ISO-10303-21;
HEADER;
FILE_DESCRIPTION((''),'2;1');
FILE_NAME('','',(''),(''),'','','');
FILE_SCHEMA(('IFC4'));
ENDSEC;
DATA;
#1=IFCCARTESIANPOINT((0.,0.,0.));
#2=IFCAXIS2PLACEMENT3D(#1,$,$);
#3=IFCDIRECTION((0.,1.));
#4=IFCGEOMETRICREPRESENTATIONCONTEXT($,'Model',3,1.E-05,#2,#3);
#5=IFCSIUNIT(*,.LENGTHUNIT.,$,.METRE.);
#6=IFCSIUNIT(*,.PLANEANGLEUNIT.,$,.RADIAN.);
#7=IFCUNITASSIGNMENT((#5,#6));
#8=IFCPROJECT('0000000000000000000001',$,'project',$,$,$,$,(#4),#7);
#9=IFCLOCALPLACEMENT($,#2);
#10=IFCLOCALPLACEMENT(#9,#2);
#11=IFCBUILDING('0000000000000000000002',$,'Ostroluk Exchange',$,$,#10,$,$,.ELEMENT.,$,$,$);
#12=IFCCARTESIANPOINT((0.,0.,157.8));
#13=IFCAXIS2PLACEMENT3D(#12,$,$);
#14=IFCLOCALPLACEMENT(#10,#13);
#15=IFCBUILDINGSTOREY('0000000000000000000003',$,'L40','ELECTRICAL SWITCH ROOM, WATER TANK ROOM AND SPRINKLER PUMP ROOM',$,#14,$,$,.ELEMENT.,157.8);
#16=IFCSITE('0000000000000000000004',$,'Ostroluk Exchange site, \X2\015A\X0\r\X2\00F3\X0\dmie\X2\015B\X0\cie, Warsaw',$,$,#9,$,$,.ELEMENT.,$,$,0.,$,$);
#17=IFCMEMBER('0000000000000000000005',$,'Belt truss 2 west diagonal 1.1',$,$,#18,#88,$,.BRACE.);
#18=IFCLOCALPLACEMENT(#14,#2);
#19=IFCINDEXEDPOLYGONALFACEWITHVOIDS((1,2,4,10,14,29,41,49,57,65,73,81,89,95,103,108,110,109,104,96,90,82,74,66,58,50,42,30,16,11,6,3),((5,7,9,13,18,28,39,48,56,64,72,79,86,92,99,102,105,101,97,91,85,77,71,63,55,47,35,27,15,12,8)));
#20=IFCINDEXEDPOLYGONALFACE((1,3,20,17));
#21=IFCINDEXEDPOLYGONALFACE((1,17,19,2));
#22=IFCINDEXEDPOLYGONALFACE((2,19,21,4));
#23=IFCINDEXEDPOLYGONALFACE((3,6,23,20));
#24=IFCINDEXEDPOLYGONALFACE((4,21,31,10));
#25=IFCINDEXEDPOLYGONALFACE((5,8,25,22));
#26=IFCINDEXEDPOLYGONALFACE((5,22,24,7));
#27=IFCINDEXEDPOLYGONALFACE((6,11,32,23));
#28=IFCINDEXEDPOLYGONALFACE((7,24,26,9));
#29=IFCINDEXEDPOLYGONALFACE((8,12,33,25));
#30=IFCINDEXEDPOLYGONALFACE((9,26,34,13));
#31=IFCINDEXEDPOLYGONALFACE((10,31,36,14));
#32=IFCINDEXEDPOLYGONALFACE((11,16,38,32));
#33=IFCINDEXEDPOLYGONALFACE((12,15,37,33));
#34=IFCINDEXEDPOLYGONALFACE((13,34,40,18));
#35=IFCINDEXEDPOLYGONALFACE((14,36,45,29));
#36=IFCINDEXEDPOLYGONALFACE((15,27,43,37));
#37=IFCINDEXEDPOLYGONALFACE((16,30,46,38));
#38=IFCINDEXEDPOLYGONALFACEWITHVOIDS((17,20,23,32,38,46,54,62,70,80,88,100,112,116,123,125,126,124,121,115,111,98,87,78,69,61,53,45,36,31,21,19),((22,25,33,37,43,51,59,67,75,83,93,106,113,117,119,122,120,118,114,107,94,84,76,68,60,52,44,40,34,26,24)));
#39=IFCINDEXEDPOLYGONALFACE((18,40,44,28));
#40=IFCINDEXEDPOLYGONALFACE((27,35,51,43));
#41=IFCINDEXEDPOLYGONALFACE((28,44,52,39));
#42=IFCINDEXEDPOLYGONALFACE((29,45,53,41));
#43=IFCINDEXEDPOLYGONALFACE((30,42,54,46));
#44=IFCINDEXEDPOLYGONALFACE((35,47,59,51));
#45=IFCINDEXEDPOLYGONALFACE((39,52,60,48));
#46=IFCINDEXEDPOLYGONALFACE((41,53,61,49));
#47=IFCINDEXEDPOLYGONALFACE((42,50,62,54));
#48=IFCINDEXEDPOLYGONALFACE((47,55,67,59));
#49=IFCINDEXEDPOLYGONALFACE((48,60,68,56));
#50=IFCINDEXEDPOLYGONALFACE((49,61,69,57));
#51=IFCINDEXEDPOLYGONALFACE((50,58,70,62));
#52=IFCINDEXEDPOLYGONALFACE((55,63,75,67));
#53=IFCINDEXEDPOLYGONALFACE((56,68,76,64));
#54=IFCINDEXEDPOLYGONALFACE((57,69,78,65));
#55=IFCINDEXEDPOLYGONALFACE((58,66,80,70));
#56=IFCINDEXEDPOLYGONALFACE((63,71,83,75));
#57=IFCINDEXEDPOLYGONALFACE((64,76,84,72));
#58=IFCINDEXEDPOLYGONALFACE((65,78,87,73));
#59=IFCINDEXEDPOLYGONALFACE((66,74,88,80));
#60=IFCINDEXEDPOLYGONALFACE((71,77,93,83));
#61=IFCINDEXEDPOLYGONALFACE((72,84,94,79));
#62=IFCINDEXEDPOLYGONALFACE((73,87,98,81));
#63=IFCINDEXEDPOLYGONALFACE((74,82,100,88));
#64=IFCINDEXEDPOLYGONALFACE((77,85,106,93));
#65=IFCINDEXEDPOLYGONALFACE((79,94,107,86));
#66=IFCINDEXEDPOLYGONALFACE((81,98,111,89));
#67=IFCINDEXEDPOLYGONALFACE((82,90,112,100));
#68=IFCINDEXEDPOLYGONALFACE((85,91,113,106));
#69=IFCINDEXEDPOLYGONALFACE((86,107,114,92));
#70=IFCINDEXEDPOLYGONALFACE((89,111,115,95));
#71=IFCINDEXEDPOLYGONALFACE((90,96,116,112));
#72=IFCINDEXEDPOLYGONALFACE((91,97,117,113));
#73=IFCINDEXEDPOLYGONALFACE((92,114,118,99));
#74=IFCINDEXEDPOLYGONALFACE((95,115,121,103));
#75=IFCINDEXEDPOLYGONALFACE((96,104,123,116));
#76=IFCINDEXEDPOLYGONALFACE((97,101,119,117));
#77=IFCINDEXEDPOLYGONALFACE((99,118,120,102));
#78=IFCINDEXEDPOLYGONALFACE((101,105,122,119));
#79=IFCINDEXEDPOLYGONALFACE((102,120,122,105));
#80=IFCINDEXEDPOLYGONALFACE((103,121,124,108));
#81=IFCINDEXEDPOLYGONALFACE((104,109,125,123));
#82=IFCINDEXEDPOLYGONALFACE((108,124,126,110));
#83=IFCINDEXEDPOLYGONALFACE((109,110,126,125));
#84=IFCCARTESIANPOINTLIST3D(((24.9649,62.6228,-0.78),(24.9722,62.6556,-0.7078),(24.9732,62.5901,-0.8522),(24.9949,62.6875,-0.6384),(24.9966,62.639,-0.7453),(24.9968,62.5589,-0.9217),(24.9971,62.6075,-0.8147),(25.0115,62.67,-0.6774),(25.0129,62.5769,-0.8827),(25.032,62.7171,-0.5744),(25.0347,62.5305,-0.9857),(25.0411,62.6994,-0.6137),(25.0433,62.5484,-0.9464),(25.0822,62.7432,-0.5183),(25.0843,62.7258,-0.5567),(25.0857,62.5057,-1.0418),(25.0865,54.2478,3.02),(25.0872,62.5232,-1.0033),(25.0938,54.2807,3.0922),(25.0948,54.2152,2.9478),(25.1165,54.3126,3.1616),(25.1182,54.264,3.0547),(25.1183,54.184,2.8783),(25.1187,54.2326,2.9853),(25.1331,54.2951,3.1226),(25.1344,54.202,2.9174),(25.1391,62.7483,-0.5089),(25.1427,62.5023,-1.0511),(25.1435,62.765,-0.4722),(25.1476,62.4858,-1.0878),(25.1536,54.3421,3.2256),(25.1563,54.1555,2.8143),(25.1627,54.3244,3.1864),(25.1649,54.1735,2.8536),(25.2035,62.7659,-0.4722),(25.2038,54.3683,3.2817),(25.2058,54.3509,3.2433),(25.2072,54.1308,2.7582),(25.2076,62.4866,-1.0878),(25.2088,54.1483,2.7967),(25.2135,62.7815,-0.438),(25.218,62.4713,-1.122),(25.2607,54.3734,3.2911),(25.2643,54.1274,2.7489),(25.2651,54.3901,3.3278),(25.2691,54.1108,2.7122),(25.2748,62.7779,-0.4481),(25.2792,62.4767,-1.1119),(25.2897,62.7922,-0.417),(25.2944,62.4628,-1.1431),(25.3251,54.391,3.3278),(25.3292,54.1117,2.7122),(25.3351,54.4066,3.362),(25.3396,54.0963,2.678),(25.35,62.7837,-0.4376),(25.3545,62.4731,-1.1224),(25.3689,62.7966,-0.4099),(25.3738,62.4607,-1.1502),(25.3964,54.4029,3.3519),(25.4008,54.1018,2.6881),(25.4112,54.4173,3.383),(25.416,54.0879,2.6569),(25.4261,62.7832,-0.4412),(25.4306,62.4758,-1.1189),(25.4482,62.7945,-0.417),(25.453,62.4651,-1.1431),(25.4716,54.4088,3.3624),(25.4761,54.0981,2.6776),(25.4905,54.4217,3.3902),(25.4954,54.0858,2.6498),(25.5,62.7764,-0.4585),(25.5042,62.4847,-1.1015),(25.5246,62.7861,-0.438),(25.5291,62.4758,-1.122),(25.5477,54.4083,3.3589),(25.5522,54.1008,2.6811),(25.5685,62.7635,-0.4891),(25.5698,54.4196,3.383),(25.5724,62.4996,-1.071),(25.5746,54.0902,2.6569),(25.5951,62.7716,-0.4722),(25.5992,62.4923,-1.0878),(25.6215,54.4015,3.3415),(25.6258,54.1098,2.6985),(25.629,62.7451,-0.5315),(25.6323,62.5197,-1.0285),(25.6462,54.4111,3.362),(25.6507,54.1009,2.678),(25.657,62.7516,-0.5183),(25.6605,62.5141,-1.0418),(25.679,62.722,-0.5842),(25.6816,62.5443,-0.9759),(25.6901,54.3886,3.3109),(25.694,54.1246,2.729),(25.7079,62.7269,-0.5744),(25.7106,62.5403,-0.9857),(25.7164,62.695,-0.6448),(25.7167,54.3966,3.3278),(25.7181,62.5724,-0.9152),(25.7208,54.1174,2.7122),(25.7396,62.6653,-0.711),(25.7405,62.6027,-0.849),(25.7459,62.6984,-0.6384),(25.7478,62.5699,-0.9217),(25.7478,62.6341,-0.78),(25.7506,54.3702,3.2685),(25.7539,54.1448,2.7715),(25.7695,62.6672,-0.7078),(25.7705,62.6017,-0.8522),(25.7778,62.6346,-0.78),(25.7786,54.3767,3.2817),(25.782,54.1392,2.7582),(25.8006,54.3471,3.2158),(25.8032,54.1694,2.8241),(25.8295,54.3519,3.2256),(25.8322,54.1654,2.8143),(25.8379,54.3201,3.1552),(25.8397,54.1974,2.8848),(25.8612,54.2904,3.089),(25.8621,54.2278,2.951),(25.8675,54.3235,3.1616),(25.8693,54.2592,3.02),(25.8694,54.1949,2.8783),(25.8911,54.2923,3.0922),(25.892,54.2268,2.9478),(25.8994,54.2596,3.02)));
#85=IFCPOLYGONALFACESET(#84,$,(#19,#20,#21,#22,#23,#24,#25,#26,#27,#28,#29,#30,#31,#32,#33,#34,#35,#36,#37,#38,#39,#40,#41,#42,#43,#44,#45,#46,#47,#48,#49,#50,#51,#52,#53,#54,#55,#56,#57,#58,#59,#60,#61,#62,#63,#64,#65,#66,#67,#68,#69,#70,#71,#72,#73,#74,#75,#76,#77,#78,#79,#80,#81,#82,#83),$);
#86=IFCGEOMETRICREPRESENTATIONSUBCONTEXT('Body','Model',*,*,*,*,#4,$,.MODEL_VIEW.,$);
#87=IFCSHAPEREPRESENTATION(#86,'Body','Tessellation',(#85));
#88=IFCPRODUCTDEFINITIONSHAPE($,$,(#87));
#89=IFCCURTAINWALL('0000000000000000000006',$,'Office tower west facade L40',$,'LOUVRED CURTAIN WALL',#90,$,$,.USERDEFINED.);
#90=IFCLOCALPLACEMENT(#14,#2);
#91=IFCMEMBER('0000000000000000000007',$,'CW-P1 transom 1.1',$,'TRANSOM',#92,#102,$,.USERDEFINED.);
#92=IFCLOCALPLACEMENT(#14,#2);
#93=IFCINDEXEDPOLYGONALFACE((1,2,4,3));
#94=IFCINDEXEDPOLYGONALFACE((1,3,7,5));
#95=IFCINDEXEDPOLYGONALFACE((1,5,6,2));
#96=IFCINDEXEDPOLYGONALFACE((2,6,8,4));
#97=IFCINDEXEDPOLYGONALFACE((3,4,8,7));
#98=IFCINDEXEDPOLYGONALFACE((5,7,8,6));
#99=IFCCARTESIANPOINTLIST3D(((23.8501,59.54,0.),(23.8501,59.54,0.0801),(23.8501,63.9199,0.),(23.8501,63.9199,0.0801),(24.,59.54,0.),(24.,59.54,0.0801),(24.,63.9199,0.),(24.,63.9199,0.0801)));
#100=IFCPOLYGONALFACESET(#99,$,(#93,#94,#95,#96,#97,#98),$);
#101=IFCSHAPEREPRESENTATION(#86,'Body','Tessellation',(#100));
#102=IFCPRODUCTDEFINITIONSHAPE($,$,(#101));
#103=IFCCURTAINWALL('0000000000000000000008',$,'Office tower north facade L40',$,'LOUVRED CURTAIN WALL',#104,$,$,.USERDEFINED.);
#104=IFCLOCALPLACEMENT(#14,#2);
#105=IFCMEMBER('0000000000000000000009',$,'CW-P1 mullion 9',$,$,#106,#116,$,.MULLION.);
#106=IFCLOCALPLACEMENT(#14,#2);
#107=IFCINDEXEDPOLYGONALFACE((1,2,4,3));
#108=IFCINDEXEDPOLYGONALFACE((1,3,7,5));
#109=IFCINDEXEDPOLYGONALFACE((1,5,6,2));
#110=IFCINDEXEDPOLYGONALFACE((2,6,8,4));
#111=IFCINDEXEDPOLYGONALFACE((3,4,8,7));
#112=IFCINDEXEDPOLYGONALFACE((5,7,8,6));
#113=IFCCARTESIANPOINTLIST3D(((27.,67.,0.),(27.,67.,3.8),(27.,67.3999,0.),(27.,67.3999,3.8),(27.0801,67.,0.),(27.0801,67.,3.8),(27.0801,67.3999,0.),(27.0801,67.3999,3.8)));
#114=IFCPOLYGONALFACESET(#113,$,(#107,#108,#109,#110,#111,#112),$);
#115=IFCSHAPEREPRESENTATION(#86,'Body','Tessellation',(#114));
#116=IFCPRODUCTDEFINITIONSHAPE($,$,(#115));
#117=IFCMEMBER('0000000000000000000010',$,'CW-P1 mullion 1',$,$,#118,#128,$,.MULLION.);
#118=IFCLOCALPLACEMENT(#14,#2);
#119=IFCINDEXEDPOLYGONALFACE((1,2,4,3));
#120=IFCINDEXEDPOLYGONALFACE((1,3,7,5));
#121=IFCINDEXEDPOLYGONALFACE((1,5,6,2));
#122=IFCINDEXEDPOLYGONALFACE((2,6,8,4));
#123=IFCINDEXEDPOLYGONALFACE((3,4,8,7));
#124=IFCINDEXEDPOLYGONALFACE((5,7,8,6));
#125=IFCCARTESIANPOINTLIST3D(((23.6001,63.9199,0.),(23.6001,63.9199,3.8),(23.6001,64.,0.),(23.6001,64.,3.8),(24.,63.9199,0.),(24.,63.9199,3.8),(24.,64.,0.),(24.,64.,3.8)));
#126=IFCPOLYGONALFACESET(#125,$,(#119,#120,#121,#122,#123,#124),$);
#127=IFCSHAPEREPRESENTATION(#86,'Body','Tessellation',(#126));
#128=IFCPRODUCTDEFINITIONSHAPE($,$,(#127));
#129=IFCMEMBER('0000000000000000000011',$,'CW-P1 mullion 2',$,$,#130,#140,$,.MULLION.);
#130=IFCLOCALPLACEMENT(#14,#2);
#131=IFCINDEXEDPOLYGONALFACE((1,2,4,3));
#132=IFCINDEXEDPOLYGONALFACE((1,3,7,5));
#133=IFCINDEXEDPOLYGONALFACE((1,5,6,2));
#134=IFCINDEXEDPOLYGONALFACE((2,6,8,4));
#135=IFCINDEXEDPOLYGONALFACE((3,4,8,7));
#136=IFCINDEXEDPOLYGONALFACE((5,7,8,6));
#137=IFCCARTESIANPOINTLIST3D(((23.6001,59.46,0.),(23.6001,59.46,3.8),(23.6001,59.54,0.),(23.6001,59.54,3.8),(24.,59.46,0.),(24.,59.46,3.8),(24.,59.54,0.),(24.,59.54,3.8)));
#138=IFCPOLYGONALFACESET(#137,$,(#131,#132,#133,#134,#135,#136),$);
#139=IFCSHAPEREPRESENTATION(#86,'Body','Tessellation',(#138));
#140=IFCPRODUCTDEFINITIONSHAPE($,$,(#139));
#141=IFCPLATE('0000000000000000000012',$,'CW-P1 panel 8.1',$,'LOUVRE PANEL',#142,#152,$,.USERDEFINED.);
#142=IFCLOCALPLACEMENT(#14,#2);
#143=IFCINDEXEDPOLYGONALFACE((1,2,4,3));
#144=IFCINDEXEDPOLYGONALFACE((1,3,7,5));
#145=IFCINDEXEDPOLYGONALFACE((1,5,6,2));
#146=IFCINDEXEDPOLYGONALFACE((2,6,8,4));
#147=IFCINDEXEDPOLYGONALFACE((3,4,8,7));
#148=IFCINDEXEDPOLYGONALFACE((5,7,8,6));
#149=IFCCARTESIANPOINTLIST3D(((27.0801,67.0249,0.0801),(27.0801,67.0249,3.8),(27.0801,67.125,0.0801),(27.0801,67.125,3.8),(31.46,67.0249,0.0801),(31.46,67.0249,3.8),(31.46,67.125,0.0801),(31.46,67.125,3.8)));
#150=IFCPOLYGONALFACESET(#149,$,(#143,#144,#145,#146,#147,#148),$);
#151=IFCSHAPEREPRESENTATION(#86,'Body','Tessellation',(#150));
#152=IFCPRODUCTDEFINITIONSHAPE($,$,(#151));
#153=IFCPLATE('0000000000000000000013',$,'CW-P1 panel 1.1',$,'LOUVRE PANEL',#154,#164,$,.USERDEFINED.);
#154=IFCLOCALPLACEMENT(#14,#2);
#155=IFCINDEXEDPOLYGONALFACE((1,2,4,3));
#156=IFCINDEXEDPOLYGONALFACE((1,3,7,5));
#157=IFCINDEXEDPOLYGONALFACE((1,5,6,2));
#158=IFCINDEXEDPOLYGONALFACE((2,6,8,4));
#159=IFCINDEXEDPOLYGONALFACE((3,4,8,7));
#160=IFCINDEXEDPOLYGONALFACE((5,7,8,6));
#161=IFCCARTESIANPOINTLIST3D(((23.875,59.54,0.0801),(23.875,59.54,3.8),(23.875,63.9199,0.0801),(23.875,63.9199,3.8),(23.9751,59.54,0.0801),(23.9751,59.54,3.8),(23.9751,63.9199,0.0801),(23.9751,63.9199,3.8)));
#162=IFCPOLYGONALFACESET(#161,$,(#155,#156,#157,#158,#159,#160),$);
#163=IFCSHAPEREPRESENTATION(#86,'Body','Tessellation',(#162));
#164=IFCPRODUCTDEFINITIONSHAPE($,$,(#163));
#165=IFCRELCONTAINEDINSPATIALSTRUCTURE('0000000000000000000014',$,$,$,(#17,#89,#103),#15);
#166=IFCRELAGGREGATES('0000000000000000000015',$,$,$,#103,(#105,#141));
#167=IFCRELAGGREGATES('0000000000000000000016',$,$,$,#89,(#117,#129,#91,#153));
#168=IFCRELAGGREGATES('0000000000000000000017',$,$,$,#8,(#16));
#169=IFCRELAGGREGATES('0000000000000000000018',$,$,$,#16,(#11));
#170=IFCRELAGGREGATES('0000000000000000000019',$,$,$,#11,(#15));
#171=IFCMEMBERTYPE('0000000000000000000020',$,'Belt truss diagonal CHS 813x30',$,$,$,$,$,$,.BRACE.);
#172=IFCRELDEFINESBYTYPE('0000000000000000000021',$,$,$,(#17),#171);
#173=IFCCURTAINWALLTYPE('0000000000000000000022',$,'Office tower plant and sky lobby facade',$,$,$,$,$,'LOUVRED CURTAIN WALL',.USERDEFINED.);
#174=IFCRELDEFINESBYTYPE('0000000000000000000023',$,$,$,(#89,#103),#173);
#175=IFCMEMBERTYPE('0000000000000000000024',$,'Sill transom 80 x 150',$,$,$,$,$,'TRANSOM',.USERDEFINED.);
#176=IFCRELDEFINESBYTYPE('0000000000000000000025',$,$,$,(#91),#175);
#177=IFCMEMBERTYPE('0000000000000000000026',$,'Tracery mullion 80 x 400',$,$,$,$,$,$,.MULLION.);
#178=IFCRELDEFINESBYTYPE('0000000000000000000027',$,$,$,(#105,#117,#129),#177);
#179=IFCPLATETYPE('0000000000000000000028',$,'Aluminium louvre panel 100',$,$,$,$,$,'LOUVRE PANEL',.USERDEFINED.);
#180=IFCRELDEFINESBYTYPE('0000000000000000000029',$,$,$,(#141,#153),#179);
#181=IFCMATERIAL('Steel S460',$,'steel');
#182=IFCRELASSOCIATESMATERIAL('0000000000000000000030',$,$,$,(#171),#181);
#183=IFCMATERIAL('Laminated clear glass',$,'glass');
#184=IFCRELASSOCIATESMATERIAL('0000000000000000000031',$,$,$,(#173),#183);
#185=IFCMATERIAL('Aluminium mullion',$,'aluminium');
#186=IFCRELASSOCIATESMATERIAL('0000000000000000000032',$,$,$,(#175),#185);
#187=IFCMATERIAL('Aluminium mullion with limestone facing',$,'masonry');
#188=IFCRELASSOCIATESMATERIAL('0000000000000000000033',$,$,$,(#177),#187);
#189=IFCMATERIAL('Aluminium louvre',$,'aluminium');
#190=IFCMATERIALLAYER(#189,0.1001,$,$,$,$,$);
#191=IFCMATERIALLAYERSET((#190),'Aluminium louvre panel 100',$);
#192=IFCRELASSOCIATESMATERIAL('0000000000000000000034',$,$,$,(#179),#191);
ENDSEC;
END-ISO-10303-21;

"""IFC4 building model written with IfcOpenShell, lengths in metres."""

from ifc_helpers import new_model, si_unit, direction, frame, origin, origin_2d, place, context, subcontext, project, spatial, rectangle, hollow_circle, extrude, material, layer, layer_set, material_profile, profile_set, type_object, element, aggregate, save


model = new_model("IFC4")

# Units and contexts
model_context = context("Model", 3, precision=1e-05, world=origin(), true_north=direction((0.0, 1.0)))
body_context = subcontext(model_context, "Body", "Model", "MODEL_VIEW")
ifc_project = project(units=[si_unit("LENGTHUNIT", "METRE"), si_unit("PLANEANGLEUNIT", "RADIAN")], contexts=[model_context])

# Site, building, storey
site_placement = place(None, origin())
site = spatial("IfcSite", under=ifc_project, at=site_placement, Name="Ostroluk Exchange site, Śródmieście, Warsaw", CompositionType="ELEMENT", RefElevation=0.0)
building_placement = place(site_placement, origin())
building = spatial("IfcBuilding", under=site, at=building_placement, Name="Ostroluk Exchange", CompositionType="ELEMENT")
storey_placement = place(building_placement, frame((0.0, 0.0, 157.8)))
storey = spatial("IfcBuildingStorey", under=building, at=storey_placement, Name="L40", Description="ELECTRICAL SWITCH ROOM, WATER TANK ROOM AND SPRINKLER PUMP ROOM", CompositionType="ELEMENT", Elevation=157.8)

# Member
ifc_material_1 = material(Name="Steel S460", Category="steel")
ifc_material_profile_1 = material_profile(ifc_material_1, hollow_circle(Radius=0.4065, WallThickness=0.03, at=origin_2d()), Name="CHS 813x30")
ifc_profile_set_1 = profile_set([ifc_material_profile_1], Name="Steel S460")
member_type_1 = type_object("IfcMemberType", Name="Belt truss diagonal CHS 813x30", PredefinedType="BRACE", material=ifc_profile_set_1)
for number, where, z_axis, x_axis, name in (
    (1, (25.3713, 62.6287, -0.78), (0.013219, -0.910564, 0.413157), (0.999895, 0.014516, 0.0), "Belt truss 2 west diagonal 1.1"),
):
    element("IfcMember", number, at=place(storey_placement, frame(where, z_axis=z_axis, x_axis=x_axis)), inside=storey, type_object=member_type_1, Name=name, PredefinedType="BRACE", context=body_context, shape_type="SweptSolid", body=[
        extrude(hollow_circle(Radius=0.4065, WallThickness=0.03, at=origin_2d()), origin(), (0.0, 0.0, 1.0), 9.1975),
    ])

# Curtain walls, members
ifc_material_2 = material(Name="Laminated clear glass", Category="glass")
curtain_wall_type = type_object("IfcCurtainWallType", Name="Office tower plant and sky lobby facade", ElementType="LOUVRED CURTAIN WALL", PredefinedType="USERDEFINED", material=ifc_material_2)
curtain_wall_1_placement = place(storey_placement, origin())
curtain_wall_1 = element("IfcCurtainWall", 2, at=curtain_wall_1_placement, inside=storey, type_object=curtain_wall_type, Name="Office tower west facade L40", ObjectType="LOUVRED CURTAIN WALL", PredefinedType="USERDEFINED")
ifc_material_3 = material(Name="Aluminium mullion", Category="aluminium")
ifc_material_profile_2 = material_profile(ifc_material_3, rectangle(XDim=0.1499, YDim=0.0801, at=origin_2d()), Name="Sill transom 80 x 150")
ifc_profile_set_2 = profile_set([ifc_material_profile_2], Name="Aluminium mullion")
member_type_2 = type_object("IfcMemberType", Name="Sill transom 80 x 150", ElementType="TRANSOM", PredefinedType="USERDEFINED", material=ifc_profile_set_2)
member_1_placement = place(storey_placement, frame((23.925, 63.9199, 0.04), z_axis=(0.0, -1.0, 0.0), x_axis=(1.0, 0.0, 0.0)))
member_1 = element("IfcMember", 3, at=member_1_placement, type_object=member_type_2, Name="CW-P1 transom 1.1", ObjectType="TRANSOM", PredefinedType="USERDEFINED", context=body_context, shape_type="SweptSolid", body=[
    extrude(rectangle(XDim=0.1499, YDim=0.0801, at=origin_2d()), origin(), (0.0, 0.0, 1.0), 4.3799),
])
curtain_wall_2_placement = place(storey_placement, origin())
curtain_wall_2 = element("IfcCurtainWall", 4, at=curtain_wall_2_placement, inside=storey, type_object=curtain_wall_type, Name="Office tower north facade L40", ObjectType="LOUVRED CURTAIN WALL", PredefinedType="USERDEFINED")
ifc_material_4 = material(Name="Aluminium mullion with limestone facing", Category="masonry")
ifc_material_profile_3 = material_profile(ifc_material_4, rectangle(XDim=0.3999, YDim=0.0801, at=origin_2d()), Name="Tracery mullion 80 x 400")
ifc_profile_set_3 = profile_set([ifc_material_profile_3], Name="Aluminium mullion with limestone facing")
member_type_3 = type_object("IfcMemberType", Name="Tracery mullion 80 x 400", PredefinedType="MULLION", material=ifc_profile_set_3)
member_2_placement = place(storey_placement, frame((27.04, 67.2, 0.0), z_axis=(0.0, 0.0, 1.0), x_axis=(0.0, -1.0, 0.0)))
member_2 = element("IfcMember", 5, at=member_2_placement, type_object=member_type_3, Name="CW-P1 mullion 9", PredefinedType="MULLION", context=body_context, shape_type="SweptSolid", body=[
    extrude(rectangle(XDim=0.3999, YDim=0.0801, at=origin_2d()), origin(), (0.0, 0.0, 1.0), 3.8),
])

# Members
member_3_placement = place(storey_placement, frame((23.8, 63.96, 0.0), z_axis=(0.0, 0.0, 1.0), x_axis=(1.0, 0.0, 0.0)))
member_3 = element("IfcMember", 6, at=member_3_placement, type_object=member_type_3, Name="CW-P1 mullion 1", PredefinedType="MULLION", context=body_context, shape_type="SweptSolid", body=[
    extrude(rectangle(XDim=0.3999, YDim=0.0801, at=origin_2d()), origin(), (0.0, 0.0, 1.0), 3.8),
])
member_4_placement = place(storey_placement, frame((23.8, 59.5, 0.0), z_axis=(0.0, 0.0, 1.0), x_axis=(1.0, 0.0, 0.0)))
member_4 = element("IfcMember", 7, at=member_4_placement, type_object=member_type_3, Name="CW-P1 mullion 2", PredefinedType="MULLION", context=body_context, shape_type="SweptSolid", body=[
    extrude(rectangle(XDim=0.3999, YDim=0.0801, at=origin_2d()), origin(), (0.0, 0.0, 1.0), 3.8),
])

# Plates
ifc_material_5 = material(Name="Aluminium louvre", Category="aluminium")
ifc_layer_1 = layer(ifc_material_5, 0.1001)
ifc_layer_set_1 = layer_set([ifc_layer_1], Name="Aluminium louvre panel 100")
plate_type = type_object("IfcPlateType", Name="Aluminium louvre panel 100", ElementType="LOUVRE PANEL", PredefinedType="USERDEFINED", material=ifc_layer_set_1)
plate_1_placement = place(storey_placement, frame((29.27, 67.075, 0.0801), z_axis=(0.0, 0.0, 1.0), x_axis=(-1.0, 0.0, 0.0)))
plate_1 = element("IfcPlate", 8, at=plate_1_placement, type_object=plate_type, Name="CW-P1 panel 8.1", ObjectType="LOUVRE PANEL", PredefinedType="USERDEFINED", context=body_context, shape_type="SweptSolid", body=[
    extrude(rectangle(XDim=4.3799, YDim=0.1001, at=origin_2d()), origin(), (0.0, 0.0, 1.0), 3.72),
])
aggregate(curtain_wall_2, [member_2, plate_1])
plate_2_placement = place(storey_placement, frame((23.925, 61.73, 0.0801), z_axis=(0.0, 0.0, 1.0), x_axis=(0.0, -1.0, 0.0)))
plate_2 = element("IfcPlate", 9, at=plate_2_placement, type_object=plate_type, Name="CW-P1 panel 1.1", ObjectType="LOUVRE PANEL", PredefinedType="USERDEFINED", context=body_context, shape_type="SweptSolid", body=[
    extrude(rectangle(XDim=4.3799, YDim=0.1001, at=origin_2d()), origin(), (0.0, 0.0, 1.0), 3.72),
])
aggregate(curtain_wall_1, [member_3, member_4, member_1, plate_2])

save(model, "model.ifc")
